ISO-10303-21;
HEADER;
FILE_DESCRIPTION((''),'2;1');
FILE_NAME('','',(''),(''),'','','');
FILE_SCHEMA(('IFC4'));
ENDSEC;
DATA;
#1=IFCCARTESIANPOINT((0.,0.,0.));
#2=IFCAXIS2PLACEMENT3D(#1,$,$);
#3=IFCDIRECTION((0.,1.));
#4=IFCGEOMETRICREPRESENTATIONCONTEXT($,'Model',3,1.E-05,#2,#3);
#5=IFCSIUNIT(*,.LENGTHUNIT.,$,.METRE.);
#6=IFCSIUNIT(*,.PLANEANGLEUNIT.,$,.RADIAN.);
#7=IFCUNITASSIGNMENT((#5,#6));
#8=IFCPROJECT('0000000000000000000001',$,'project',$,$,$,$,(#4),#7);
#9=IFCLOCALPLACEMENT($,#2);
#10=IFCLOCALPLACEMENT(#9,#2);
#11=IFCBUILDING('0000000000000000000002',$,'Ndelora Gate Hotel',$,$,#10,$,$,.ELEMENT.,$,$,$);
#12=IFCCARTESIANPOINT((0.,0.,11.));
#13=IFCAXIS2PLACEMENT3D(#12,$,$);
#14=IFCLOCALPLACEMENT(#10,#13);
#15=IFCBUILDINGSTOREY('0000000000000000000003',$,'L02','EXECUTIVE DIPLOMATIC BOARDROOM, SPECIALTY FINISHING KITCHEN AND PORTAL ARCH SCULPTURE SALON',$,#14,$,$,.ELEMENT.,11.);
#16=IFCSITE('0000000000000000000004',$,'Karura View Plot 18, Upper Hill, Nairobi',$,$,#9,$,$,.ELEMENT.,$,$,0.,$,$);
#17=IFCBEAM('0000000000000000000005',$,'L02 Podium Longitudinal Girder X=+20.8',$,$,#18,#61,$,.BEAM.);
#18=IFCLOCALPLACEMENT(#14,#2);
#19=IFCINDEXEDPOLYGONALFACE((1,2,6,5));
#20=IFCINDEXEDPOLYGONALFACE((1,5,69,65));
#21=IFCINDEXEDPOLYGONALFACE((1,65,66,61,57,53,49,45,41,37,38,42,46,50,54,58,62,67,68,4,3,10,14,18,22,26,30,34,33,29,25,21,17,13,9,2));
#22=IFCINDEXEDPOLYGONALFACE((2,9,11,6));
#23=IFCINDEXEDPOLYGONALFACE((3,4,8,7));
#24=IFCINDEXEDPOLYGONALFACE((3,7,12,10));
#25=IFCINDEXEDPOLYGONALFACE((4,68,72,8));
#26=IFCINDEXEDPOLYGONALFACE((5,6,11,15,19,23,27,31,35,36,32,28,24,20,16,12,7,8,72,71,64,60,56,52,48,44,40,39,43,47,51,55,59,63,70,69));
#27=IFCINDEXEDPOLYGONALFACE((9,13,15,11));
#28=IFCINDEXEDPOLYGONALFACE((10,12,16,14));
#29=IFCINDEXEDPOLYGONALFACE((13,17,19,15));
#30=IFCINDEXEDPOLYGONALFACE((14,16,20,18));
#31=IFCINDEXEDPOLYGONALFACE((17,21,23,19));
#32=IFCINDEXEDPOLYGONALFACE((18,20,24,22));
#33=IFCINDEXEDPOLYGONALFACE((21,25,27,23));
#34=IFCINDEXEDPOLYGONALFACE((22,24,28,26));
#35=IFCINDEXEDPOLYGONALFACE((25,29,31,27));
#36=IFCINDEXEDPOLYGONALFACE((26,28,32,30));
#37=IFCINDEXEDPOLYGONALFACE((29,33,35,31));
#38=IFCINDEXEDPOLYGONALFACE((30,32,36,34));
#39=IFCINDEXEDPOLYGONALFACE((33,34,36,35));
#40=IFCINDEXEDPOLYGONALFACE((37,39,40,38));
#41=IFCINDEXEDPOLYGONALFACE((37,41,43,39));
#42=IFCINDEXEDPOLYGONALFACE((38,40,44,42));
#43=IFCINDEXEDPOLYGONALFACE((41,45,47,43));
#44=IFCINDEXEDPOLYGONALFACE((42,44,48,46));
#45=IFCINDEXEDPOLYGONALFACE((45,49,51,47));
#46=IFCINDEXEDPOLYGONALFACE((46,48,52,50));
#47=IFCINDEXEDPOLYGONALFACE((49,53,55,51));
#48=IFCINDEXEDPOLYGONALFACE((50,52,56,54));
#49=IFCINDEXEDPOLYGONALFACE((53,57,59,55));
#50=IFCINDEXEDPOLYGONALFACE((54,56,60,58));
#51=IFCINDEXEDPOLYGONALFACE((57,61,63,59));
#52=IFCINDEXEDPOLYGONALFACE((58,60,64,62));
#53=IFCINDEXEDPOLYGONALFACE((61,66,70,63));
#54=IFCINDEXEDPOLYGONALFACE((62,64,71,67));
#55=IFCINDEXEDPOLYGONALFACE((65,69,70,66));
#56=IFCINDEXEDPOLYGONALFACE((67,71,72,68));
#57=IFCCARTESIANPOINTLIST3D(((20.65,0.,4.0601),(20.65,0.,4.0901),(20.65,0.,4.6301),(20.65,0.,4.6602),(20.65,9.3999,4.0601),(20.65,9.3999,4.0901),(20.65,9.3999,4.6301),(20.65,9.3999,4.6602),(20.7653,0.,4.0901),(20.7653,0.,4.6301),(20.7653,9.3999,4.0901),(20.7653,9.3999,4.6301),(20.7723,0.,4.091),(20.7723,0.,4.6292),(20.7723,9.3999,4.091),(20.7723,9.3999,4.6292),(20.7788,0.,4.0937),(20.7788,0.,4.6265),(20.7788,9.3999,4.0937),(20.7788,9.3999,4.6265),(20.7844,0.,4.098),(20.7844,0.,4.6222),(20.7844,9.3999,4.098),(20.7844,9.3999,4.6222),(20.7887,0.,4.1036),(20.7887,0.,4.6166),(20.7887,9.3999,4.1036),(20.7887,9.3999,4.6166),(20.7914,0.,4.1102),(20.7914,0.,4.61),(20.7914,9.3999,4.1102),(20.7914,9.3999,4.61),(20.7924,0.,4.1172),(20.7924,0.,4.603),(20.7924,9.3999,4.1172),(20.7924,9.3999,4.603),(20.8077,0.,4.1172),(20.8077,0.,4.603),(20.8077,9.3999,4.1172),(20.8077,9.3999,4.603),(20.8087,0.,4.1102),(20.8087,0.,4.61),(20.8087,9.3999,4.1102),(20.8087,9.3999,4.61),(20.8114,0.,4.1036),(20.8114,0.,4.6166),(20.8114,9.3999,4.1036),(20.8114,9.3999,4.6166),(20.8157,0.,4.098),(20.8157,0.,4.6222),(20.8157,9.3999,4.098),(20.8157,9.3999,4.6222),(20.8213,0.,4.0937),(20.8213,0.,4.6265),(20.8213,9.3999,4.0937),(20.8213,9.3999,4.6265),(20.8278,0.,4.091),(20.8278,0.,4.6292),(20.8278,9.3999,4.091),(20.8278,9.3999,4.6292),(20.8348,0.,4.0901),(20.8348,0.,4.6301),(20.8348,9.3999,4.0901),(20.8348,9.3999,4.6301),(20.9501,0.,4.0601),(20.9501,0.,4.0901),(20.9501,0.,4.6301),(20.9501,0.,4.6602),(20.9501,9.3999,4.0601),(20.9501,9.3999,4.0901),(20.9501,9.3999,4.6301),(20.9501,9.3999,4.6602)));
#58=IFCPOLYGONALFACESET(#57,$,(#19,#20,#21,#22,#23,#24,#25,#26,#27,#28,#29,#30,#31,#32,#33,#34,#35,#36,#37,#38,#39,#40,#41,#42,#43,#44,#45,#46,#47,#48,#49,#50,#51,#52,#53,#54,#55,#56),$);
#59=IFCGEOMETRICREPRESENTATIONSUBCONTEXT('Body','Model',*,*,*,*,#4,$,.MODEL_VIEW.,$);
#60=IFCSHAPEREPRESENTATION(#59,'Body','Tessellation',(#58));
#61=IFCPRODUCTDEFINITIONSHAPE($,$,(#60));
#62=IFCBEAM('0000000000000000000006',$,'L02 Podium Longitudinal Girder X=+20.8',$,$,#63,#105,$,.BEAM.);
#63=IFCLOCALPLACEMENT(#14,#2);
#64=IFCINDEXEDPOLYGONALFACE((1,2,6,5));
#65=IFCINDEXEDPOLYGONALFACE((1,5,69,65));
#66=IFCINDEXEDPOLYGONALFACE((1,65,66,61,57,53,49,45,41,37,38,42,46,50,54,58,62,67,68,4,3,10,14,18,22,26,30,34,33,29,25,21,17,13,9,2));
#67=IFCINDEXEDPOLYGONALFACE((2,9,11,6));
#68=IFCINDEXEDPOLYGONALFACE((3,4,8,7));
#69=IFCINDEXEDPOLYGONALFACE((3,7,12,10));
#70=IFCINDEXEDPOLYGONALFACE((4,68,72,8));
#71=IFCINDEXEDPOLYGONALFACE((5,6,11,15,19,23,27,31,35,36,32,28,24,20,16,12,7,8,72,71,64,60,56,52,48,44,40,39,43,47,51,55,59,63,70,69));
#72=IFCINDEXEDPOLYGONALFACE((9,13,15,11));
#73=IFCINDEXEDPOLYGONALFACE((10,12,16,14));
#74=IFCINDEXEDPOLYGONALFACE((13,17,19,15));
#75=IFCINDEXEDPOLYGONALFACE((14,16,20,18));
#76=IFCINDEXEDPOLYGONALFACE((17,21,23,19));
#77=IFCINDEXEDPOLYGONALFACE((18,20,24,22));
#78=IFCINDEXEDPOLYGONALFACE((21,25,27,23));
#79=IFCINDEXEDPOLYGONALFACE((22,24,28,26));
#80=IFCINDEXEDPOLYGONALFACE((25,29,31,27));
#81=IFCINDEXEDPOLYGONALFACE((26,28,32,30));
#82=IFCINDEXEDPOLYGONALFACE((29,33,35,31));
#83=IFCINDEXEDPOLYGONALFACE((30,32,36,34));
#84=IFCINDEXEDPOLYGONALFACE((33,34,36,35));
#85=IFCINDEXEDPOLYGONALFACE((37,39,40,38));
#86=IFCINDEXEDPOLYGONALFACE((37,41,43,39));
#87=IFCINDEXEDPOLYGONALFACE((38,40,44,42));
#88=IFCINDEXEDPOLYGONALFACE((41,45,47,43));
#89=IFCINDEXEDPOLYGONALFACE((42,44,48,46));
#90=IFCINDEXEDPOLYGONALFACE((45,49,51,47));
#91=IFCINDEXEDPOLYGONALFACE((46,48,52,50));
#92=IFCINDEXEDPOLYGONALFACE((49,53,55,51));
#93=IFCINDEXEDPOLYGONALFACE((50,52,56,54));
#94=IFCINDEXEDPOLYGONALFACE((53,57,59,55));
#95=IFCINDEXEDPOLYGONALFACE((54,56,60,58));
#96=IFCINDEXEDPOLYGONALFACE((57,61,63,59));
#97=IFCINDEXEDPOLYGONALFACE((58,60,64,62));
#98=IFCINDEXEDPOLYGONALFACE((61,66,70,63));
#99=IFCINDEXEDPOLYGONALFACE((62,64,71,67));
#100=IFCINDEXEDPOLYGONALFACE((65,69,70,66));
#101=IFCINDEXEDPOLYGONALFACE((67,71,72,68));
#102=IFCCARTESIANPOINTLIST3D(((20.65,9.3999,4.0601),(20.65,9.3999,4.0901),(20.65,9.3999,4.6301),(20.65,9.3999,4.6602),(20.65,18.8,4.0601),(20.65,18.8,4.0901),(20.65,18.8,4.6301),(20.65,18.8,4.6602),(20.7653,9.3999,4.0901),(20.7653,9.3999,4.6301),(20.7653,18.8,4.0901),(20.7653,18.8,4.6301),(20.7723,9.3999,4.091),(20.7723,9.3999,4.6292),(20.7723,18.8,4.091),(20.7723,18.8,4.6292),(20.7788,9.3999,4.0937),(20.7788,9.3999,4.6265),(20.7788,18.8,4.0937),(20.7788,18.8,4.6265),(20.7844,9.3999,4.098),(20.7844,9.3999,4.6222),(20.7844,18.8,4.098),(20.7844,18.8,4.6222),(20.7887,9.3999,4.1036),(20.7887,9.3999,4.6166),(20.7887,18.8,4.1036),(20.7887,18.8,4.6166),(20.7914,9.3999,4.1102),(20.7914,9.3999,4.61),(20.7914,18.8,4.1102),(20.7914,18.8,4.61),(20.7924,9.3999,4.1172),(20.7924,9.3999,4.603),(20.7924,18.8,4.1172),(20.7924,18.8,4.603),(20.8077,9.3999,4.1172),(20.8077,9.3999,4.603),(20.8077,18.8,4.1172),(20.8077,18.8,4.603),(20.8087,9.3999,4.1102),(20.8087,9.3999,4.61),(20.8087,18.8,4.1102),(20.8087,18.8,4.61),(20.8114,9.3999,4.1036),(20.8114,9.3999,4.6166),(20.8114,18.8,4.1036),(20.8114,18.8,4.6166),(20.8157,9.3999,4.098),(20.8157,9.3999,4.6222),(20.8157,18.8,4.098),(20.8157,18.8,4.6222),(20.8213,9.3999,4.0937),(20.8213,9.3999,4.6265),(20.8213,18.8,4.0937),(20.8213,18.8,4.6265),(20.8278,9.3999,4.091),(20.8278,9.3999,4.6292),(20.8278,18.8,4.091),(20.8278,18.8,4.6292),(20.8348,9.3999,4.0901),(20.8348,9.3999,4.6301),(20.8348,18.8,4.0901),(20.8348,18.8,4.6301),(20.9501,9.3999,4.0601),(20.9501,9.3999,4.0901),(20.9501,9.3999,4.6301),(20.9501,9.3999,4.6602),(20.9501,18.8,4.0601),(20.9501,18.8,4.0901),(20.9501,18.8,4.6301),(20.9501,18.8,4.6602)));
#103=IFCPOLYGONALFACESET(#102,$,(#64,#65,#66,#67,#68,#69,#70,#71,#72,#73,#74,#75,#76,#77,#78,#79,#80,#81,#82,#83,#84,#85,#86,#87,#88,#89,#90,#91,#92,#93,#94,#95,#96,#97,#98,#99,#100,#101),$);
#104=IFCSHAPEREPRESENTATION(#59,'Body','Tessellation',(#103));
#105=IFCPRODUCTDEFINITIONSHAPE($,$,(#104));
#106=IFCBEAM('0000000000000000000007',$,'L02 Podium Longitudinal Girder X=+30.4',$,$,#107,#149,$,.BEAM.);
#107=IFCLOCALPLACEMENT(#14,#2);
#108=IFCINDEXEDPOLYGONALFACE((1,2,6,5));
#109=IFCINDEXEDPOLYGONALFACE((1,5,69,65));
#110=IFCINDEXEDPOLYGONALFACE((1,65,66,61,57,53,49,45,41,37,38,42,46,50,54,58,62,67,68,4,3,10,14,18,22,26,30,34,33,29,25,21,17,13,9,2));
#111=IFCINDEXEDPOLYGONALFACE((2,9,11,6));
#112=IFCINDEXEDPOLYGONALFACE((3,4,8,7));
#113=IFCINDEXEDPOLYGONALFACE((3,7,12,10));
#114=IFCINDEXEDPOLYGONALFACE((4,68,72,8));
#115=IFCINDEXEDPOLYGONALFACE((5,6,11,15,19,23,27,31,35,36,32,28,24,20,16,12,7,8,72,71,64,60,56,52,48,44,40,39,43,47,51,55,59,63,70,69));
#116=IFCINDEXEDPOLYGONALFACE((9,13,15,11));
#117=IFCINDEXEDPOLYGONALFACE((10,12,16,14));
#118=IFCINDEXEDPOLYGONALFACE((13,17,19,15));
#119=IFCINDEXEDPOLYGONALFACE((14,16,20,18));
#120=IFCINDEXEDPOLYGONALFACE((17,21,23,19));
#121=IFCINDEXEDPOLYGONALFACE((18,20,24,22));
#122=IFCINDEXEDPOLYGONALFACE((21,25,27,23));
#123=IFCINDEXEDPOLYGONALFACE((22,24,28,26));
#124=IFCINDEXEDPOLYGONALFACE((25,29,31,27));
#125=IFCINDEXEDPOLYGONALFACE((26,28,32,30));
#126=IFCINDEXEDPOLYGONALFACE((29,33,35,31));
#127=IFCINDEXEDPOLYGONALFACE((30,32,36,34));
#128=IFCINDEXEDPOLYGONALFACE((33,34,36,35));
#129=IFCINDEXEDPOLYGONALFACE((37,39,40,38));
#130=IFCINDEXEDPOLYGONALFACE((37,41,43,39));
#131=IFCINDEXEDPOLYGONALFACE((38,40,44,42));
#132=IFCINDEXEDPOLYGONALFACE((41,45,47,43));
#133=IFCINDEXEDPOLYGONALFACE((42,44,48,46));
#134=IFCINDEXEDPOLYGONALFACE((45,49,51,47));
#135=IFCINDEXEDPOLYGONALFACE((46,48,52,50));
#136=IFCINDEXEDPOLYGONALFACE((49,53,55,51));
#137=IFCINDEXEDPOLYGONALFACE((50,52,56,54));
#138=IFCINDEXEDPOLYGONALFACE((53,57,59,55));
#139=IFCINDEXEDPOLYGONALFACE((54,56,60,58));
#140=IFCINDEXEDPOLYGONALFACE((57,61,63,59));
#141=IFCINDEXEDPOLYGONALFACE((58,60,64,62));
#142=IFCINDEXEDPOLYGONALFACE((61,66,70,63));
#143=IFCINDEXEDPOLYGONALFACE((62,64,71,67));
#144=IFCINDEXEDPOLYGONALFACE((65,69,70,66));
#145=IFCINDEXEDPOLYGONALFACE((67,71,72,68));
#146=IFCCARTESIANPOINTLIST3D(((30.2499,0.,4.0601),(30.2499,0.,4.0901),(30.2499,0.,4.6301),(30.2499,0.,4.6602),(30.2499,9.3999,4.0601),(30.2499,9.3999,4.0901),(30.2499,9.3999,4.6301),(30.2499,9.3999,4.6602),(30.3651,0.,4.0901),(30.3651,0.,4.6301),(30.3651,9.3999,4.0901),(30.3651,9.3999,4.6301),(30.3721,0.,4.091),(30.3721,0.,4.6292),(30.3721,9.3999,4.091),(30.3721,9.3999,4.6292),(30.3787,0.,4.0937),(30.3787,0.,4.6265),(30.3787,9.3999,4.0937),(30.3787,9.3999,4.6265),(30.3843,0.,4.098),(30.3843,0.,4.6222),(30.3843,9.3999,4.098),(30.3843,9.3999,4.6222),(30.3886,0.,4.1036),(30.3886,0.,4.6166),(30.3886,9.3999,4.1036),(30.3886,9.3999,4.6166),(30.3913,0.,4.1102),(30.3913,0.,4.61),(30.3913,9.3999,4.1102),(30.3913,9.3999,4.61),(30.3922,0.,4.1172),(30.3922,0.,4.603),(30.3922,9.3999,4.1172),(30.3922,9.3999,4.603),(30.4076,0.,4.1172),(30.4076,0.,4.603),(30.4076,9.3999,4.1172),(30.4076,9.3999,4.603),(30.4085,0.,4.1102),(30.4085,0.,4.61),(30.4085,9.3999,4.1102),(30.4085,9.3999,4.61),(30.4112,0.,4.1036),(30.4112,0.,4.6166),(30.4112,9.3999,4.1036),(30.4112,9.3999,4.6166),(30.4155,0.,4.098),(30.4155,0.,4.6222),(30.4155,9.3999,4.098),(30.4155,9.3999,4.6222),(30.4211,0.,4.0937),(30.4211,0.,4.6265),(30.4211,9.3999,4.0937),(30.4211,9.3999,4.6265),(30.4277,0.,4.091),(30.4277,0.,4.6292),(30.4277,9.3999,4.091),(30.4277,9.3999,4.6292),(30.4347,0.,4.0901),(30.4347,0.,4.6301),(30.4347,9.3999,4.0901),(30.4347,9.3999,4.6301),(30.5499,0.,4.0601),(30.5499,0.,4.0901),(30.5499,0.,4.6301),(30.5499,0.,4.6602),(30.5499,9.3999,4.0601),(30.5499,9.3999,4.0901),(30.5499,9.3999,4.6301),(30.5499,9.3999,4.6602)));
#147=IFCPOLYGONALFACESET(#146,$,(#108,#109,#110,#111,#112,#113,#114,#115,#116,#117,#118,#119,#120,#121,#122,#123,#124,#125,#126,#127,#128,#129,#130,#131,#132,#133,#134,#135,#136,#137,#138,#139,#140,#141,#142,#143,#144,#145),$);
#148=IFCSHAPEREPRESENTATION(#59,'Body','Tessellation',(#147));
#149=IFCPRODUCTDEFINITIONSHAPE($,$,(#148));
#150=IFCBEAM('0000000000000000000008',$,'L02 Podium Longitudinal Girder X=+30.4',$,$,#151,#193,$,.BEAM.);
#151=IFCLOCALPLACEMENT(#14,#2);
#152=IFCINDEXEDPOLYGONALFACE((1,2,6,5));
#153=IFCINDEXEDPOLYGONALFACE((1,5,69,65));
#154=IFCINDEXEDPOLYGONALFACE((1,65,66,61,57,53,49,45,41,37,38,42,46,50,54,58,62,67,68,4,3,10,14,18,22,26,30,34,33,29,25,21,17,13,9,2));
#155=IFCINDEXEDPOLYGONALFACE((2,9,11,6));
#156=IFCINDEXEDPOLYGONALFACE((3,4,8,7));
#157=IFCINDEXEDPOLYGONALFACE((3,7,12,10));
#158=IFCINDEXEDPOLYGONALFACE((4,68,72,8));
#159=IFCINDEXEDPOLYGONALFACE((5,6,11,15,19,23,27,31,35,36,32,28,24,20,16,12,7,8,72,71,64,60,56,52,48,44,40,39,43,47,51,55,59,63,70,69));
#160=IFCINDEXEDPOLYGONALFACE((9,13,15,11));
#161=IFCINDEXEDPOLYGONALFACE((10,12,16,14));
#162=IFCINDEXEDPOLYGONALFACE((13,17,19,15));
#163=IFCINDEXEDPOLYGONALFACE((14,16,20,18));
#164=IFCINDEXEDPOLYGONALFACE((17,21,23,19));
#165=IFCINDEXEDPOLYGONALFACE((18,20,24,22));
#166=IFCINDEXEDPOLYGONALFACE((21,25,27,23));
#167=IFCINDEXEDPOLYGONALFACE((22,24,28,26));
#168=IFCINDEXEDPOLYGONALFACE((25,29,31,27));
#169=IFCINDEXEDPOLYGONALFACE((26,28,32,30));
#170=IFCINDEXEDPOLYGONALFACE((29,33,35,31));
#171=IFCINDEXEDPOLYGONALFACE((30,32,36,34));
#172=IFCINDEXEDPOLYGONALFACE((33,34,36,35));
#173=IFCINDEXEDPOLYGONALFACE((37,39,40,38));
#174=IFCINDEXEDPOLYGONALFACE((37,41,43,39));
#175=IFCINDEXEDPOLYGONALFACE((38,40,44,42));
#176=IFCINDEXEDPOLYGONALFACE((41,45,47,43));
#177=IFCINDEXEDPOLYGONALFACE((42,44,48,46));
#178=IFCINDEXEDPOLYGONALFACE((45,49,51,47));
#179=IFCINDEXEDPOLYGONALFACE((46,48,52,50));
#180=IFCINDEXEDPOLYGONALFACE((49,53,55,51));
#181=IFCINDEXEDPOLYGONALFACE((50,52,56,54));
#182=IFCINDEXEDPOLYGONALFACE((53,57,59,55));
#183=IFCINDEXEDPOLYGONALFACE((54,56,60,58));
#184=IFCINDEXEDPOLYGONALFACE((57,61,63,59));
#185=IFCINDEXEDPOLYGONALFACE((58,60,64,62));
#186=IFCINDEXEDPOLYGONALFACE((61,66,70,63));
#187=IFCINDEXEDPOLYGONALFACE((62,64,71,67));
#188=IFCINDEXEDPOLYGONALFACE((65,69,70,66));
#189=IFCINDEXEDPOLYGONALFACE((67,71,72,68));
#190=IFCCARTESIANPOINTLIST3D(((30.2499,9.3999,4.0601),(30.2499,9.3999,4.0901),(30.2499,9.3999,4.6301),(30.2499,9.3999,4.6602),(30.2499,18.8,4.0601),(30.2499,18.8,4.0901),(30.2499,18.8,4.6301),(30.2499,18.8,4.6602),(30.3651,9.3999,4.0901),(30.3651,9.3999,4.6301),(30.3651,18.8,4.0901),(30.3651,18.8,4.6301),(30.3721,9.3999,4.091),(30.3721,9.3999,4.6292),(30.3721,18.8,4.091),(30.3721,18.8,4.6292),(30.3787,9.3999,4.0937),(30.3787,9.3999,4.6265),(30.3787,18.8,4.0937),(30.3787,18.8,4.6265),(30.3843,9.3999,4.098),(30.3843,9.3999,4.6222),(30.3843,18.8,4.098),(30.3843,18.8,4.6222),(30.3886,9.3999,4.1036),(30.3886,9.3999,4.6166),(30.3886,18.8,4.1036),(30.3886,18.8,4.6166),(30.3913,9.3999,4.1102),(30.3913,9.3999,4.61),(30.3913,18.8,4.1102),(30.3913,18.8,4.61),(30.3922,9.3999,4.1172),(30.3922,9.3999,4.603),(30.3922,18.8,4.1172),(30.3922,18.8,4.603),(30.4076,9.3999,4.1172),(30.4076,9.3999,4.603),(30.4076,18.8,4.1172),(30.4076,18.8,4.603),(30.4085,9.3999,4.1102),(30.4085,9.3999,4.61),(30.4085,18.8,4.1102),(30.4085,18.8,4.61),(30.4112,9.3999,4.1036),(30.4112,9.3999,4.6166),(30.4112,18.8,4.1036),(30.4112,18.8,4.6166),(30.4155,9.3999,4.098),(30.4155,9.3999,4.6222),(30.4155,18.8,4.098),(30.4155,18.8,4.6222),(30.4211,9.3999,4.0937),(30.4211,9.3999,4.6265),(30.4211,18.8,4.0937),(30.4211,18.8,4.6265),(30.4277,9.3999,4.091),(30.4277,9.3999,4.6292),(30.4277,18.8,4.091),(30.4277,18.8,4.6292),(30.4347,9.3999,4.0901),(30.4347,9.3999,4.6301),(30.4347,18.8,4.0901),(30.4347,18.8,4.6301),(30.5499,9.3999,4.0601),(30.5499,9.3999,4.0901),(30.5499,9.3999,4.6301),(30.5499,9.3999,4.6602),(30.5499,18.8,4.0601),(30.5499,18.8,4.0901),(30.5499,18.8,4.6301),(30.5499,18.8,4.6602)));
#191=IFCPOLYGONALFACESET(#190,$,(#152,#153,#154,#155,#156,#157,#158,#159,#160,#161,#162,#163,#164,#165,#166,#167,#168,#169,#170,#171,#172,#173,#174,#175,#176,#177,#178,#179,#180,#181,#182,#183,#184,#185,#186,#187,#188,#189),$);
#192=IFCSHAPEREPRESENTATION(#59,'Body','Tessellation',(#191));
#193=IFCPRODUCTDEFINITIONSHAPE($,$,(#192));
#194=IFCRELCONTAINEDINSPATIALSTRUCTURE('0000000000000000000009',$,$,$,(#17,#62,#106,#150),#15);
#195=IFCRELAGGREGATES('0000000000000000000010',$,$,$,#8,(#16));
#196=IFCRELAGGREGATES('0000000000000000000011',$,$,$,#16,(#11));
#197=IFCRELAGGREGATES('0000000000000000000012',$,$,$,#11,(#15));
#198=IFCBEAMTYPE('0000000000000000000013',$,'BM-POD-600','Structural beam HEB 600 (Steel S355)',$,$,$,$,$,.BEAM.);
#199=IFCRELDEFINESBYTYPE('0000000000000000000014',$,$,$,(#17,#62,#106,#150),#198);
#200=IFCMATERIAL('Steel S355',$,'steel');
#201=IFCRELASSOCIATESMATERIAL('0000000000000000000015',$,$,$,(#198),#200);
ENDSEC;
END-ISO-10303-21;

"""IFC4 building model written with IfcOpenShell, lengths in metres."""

from ifc_helpers import new_model, si_unit, direction, frame, origin, origin_2d, place, context, subcontext, project, spatial, i_section, extrude, material, material_profile, profile_set, type_object, element, save


model = new_model("IFC4")

# Units and contexts
model_context = context("Model", 3, precision=1e-05, world=origin(), true_north=direction((0.0, 1.0)))
body_context = subcontext(model_context, "Body", "Model", "MODEL_VIEW")
ifc_project = project(units=[si_unit("LENGTHUNIT", "METRE"), si_unit("PLANEANGLEUNIT", "RADIAN")], contexts=[model_context])

# Site, building, storey
site_placement = place(None, origin())
site = spatial("IfcSite", under=ifc_project, at=site_placement, Name="Karura View Plot 18, Upper Hill, Nairobi", CompositionType="ELEMENT", RefElevation=0.0)
building_placement = place(site_placement, origin())
building = spatial("IfcBuilding", under=site, at=building_placement, Name="Ndelora Gate Hotel", CompositionType="ELEMENT")
storey_placement = place(building_placement, frame((0.0, 0.0, 11.0)))
storey = spatial("IfcBuildingStorey", under=building, at=storey_placement, Name="L02", Description="EXECUTIVE DIPLOMATIC BOARDROOM, SPECIALTY FINISHING KITCHEN AND PORTAL ARCH SCULPTURE SALON", CompositionType="ELEMENT", Elevation=11.0)

# Beams
ifc_material_1 = material(Name="Steel S355", Category="steel")
ifc_material_profile_1 = material_profile(ifc_material_1, i_section(OverallWidth=0.3, OverallDepth=0.6001, WebThickness=0.0154, FlangeThickness=0.03, FilletRadius=0.0271, at=origin_2d()), Name="HEB 600")
ifc_profile_set_1 = profile_set([ifc_material_profile_1], Name="Steel S355")
beam_type_1 = type_object("IfcBeamType", Name="BM-POD-600", Description="Structural beam HEB 600 (Steel S355)", PredefinedType="BEAM", material=ifc_profile_set_1)
beam_1_placement = place(storey_placement, frame((20.8, 0.0, 4.3601), z_axis=(0.0, 1.0, 0.0), x_axis=(-1.0, 0.0, 0.0)))
element("IfcBeam", 1, at=beam_1_placement, inside=storey, type_object=beam_type_1, Name="L02 Podium Longitudinal Girder X=+20.8", PredefinedType="BEAM", context=body_context, shape_type="SweptSolid", body=[
    extrude(i_section(OverallWidth=0.3, OverallDepth=0.6001, WebThickness=0.0154, FlangeThickness=0.03, FilletRadius=0.0271, at=origin_2d()), origin(), (0.0, 0.0, 1.0), 9.3999),
])
beam_2_placement = place(storey_placement, frame((20.8, 9.3999, 4.3601), z_axis=(0.0, 1.0, 0.0), x_axis=(-1.0, 0.0, 0.0)))
element("IfcBeam", 2, at=beam_2_placement, inside=storey, type_object=beam_type_1, Name="L02 Podium Longitudinal Girder X=+20.8", PredefinedType="BEAM", context=body_context, shape_type="SweptSolid", body=[
    extrude(i_section(OverallWidth=0.3, OverallDepth=0.6001, WebThickness=0.0154, FlangeThickness=0.03, FilletRadius=0.0271, at=origin_2d()), origin(), (0.0, 0.0, 1.0), 9.4001),
])
beam_3_placement = place(storey_placement, frame((30.3999, 0.0, 4.3601), z_axis=(0.0, 1.0, 0.0), x_axis=(-1.0, 0.0, 0.0)))
element("IfcBeam", 3, at=beam_3_placement, inside=storey, type_object=beam_type_1, Name="L02 Podium Longitudinal Girder X=+30.4", PredefinedType="BEAM", context=body_context, shape_type="SweptSolid", body=[
    extrude(i_section(OverallWidth=0.3, OverallDepth=0.6001, WebThickness=0.0154, FlangeThickness=0.03, FilletRadius=0.0271, at=origin_2d()), origin(), (0.0, 0.0, 1.0), 9.3999),
])
beam_4_placement = place(storey_placement, frame((30.3999, 9.3999, 4.3601), z_axis=(0.0, 1.0, 0.0), x_axis=(-1.0, 0.0, 0.0)))
element("IfcBeam", 4, at=beam_4_placement, inside=storey, type_object=beam_type_1, Name="L02 Podium Longitudinal Girder X=+30.4", PredefinedType="BEAM", context=body_context, shape_type="SweptSolid", body=[
    extrude(i_section(OverallWidth=0.3, OverallDepth=0.6001, WebThickness=0.0154, FlangeThickness=0.03, FilletRadius=0.0271, at=origin_2d()), origin(), (0.0, 0.0, 1.0), 9.4001),
])

save(model, "model.ifc")
